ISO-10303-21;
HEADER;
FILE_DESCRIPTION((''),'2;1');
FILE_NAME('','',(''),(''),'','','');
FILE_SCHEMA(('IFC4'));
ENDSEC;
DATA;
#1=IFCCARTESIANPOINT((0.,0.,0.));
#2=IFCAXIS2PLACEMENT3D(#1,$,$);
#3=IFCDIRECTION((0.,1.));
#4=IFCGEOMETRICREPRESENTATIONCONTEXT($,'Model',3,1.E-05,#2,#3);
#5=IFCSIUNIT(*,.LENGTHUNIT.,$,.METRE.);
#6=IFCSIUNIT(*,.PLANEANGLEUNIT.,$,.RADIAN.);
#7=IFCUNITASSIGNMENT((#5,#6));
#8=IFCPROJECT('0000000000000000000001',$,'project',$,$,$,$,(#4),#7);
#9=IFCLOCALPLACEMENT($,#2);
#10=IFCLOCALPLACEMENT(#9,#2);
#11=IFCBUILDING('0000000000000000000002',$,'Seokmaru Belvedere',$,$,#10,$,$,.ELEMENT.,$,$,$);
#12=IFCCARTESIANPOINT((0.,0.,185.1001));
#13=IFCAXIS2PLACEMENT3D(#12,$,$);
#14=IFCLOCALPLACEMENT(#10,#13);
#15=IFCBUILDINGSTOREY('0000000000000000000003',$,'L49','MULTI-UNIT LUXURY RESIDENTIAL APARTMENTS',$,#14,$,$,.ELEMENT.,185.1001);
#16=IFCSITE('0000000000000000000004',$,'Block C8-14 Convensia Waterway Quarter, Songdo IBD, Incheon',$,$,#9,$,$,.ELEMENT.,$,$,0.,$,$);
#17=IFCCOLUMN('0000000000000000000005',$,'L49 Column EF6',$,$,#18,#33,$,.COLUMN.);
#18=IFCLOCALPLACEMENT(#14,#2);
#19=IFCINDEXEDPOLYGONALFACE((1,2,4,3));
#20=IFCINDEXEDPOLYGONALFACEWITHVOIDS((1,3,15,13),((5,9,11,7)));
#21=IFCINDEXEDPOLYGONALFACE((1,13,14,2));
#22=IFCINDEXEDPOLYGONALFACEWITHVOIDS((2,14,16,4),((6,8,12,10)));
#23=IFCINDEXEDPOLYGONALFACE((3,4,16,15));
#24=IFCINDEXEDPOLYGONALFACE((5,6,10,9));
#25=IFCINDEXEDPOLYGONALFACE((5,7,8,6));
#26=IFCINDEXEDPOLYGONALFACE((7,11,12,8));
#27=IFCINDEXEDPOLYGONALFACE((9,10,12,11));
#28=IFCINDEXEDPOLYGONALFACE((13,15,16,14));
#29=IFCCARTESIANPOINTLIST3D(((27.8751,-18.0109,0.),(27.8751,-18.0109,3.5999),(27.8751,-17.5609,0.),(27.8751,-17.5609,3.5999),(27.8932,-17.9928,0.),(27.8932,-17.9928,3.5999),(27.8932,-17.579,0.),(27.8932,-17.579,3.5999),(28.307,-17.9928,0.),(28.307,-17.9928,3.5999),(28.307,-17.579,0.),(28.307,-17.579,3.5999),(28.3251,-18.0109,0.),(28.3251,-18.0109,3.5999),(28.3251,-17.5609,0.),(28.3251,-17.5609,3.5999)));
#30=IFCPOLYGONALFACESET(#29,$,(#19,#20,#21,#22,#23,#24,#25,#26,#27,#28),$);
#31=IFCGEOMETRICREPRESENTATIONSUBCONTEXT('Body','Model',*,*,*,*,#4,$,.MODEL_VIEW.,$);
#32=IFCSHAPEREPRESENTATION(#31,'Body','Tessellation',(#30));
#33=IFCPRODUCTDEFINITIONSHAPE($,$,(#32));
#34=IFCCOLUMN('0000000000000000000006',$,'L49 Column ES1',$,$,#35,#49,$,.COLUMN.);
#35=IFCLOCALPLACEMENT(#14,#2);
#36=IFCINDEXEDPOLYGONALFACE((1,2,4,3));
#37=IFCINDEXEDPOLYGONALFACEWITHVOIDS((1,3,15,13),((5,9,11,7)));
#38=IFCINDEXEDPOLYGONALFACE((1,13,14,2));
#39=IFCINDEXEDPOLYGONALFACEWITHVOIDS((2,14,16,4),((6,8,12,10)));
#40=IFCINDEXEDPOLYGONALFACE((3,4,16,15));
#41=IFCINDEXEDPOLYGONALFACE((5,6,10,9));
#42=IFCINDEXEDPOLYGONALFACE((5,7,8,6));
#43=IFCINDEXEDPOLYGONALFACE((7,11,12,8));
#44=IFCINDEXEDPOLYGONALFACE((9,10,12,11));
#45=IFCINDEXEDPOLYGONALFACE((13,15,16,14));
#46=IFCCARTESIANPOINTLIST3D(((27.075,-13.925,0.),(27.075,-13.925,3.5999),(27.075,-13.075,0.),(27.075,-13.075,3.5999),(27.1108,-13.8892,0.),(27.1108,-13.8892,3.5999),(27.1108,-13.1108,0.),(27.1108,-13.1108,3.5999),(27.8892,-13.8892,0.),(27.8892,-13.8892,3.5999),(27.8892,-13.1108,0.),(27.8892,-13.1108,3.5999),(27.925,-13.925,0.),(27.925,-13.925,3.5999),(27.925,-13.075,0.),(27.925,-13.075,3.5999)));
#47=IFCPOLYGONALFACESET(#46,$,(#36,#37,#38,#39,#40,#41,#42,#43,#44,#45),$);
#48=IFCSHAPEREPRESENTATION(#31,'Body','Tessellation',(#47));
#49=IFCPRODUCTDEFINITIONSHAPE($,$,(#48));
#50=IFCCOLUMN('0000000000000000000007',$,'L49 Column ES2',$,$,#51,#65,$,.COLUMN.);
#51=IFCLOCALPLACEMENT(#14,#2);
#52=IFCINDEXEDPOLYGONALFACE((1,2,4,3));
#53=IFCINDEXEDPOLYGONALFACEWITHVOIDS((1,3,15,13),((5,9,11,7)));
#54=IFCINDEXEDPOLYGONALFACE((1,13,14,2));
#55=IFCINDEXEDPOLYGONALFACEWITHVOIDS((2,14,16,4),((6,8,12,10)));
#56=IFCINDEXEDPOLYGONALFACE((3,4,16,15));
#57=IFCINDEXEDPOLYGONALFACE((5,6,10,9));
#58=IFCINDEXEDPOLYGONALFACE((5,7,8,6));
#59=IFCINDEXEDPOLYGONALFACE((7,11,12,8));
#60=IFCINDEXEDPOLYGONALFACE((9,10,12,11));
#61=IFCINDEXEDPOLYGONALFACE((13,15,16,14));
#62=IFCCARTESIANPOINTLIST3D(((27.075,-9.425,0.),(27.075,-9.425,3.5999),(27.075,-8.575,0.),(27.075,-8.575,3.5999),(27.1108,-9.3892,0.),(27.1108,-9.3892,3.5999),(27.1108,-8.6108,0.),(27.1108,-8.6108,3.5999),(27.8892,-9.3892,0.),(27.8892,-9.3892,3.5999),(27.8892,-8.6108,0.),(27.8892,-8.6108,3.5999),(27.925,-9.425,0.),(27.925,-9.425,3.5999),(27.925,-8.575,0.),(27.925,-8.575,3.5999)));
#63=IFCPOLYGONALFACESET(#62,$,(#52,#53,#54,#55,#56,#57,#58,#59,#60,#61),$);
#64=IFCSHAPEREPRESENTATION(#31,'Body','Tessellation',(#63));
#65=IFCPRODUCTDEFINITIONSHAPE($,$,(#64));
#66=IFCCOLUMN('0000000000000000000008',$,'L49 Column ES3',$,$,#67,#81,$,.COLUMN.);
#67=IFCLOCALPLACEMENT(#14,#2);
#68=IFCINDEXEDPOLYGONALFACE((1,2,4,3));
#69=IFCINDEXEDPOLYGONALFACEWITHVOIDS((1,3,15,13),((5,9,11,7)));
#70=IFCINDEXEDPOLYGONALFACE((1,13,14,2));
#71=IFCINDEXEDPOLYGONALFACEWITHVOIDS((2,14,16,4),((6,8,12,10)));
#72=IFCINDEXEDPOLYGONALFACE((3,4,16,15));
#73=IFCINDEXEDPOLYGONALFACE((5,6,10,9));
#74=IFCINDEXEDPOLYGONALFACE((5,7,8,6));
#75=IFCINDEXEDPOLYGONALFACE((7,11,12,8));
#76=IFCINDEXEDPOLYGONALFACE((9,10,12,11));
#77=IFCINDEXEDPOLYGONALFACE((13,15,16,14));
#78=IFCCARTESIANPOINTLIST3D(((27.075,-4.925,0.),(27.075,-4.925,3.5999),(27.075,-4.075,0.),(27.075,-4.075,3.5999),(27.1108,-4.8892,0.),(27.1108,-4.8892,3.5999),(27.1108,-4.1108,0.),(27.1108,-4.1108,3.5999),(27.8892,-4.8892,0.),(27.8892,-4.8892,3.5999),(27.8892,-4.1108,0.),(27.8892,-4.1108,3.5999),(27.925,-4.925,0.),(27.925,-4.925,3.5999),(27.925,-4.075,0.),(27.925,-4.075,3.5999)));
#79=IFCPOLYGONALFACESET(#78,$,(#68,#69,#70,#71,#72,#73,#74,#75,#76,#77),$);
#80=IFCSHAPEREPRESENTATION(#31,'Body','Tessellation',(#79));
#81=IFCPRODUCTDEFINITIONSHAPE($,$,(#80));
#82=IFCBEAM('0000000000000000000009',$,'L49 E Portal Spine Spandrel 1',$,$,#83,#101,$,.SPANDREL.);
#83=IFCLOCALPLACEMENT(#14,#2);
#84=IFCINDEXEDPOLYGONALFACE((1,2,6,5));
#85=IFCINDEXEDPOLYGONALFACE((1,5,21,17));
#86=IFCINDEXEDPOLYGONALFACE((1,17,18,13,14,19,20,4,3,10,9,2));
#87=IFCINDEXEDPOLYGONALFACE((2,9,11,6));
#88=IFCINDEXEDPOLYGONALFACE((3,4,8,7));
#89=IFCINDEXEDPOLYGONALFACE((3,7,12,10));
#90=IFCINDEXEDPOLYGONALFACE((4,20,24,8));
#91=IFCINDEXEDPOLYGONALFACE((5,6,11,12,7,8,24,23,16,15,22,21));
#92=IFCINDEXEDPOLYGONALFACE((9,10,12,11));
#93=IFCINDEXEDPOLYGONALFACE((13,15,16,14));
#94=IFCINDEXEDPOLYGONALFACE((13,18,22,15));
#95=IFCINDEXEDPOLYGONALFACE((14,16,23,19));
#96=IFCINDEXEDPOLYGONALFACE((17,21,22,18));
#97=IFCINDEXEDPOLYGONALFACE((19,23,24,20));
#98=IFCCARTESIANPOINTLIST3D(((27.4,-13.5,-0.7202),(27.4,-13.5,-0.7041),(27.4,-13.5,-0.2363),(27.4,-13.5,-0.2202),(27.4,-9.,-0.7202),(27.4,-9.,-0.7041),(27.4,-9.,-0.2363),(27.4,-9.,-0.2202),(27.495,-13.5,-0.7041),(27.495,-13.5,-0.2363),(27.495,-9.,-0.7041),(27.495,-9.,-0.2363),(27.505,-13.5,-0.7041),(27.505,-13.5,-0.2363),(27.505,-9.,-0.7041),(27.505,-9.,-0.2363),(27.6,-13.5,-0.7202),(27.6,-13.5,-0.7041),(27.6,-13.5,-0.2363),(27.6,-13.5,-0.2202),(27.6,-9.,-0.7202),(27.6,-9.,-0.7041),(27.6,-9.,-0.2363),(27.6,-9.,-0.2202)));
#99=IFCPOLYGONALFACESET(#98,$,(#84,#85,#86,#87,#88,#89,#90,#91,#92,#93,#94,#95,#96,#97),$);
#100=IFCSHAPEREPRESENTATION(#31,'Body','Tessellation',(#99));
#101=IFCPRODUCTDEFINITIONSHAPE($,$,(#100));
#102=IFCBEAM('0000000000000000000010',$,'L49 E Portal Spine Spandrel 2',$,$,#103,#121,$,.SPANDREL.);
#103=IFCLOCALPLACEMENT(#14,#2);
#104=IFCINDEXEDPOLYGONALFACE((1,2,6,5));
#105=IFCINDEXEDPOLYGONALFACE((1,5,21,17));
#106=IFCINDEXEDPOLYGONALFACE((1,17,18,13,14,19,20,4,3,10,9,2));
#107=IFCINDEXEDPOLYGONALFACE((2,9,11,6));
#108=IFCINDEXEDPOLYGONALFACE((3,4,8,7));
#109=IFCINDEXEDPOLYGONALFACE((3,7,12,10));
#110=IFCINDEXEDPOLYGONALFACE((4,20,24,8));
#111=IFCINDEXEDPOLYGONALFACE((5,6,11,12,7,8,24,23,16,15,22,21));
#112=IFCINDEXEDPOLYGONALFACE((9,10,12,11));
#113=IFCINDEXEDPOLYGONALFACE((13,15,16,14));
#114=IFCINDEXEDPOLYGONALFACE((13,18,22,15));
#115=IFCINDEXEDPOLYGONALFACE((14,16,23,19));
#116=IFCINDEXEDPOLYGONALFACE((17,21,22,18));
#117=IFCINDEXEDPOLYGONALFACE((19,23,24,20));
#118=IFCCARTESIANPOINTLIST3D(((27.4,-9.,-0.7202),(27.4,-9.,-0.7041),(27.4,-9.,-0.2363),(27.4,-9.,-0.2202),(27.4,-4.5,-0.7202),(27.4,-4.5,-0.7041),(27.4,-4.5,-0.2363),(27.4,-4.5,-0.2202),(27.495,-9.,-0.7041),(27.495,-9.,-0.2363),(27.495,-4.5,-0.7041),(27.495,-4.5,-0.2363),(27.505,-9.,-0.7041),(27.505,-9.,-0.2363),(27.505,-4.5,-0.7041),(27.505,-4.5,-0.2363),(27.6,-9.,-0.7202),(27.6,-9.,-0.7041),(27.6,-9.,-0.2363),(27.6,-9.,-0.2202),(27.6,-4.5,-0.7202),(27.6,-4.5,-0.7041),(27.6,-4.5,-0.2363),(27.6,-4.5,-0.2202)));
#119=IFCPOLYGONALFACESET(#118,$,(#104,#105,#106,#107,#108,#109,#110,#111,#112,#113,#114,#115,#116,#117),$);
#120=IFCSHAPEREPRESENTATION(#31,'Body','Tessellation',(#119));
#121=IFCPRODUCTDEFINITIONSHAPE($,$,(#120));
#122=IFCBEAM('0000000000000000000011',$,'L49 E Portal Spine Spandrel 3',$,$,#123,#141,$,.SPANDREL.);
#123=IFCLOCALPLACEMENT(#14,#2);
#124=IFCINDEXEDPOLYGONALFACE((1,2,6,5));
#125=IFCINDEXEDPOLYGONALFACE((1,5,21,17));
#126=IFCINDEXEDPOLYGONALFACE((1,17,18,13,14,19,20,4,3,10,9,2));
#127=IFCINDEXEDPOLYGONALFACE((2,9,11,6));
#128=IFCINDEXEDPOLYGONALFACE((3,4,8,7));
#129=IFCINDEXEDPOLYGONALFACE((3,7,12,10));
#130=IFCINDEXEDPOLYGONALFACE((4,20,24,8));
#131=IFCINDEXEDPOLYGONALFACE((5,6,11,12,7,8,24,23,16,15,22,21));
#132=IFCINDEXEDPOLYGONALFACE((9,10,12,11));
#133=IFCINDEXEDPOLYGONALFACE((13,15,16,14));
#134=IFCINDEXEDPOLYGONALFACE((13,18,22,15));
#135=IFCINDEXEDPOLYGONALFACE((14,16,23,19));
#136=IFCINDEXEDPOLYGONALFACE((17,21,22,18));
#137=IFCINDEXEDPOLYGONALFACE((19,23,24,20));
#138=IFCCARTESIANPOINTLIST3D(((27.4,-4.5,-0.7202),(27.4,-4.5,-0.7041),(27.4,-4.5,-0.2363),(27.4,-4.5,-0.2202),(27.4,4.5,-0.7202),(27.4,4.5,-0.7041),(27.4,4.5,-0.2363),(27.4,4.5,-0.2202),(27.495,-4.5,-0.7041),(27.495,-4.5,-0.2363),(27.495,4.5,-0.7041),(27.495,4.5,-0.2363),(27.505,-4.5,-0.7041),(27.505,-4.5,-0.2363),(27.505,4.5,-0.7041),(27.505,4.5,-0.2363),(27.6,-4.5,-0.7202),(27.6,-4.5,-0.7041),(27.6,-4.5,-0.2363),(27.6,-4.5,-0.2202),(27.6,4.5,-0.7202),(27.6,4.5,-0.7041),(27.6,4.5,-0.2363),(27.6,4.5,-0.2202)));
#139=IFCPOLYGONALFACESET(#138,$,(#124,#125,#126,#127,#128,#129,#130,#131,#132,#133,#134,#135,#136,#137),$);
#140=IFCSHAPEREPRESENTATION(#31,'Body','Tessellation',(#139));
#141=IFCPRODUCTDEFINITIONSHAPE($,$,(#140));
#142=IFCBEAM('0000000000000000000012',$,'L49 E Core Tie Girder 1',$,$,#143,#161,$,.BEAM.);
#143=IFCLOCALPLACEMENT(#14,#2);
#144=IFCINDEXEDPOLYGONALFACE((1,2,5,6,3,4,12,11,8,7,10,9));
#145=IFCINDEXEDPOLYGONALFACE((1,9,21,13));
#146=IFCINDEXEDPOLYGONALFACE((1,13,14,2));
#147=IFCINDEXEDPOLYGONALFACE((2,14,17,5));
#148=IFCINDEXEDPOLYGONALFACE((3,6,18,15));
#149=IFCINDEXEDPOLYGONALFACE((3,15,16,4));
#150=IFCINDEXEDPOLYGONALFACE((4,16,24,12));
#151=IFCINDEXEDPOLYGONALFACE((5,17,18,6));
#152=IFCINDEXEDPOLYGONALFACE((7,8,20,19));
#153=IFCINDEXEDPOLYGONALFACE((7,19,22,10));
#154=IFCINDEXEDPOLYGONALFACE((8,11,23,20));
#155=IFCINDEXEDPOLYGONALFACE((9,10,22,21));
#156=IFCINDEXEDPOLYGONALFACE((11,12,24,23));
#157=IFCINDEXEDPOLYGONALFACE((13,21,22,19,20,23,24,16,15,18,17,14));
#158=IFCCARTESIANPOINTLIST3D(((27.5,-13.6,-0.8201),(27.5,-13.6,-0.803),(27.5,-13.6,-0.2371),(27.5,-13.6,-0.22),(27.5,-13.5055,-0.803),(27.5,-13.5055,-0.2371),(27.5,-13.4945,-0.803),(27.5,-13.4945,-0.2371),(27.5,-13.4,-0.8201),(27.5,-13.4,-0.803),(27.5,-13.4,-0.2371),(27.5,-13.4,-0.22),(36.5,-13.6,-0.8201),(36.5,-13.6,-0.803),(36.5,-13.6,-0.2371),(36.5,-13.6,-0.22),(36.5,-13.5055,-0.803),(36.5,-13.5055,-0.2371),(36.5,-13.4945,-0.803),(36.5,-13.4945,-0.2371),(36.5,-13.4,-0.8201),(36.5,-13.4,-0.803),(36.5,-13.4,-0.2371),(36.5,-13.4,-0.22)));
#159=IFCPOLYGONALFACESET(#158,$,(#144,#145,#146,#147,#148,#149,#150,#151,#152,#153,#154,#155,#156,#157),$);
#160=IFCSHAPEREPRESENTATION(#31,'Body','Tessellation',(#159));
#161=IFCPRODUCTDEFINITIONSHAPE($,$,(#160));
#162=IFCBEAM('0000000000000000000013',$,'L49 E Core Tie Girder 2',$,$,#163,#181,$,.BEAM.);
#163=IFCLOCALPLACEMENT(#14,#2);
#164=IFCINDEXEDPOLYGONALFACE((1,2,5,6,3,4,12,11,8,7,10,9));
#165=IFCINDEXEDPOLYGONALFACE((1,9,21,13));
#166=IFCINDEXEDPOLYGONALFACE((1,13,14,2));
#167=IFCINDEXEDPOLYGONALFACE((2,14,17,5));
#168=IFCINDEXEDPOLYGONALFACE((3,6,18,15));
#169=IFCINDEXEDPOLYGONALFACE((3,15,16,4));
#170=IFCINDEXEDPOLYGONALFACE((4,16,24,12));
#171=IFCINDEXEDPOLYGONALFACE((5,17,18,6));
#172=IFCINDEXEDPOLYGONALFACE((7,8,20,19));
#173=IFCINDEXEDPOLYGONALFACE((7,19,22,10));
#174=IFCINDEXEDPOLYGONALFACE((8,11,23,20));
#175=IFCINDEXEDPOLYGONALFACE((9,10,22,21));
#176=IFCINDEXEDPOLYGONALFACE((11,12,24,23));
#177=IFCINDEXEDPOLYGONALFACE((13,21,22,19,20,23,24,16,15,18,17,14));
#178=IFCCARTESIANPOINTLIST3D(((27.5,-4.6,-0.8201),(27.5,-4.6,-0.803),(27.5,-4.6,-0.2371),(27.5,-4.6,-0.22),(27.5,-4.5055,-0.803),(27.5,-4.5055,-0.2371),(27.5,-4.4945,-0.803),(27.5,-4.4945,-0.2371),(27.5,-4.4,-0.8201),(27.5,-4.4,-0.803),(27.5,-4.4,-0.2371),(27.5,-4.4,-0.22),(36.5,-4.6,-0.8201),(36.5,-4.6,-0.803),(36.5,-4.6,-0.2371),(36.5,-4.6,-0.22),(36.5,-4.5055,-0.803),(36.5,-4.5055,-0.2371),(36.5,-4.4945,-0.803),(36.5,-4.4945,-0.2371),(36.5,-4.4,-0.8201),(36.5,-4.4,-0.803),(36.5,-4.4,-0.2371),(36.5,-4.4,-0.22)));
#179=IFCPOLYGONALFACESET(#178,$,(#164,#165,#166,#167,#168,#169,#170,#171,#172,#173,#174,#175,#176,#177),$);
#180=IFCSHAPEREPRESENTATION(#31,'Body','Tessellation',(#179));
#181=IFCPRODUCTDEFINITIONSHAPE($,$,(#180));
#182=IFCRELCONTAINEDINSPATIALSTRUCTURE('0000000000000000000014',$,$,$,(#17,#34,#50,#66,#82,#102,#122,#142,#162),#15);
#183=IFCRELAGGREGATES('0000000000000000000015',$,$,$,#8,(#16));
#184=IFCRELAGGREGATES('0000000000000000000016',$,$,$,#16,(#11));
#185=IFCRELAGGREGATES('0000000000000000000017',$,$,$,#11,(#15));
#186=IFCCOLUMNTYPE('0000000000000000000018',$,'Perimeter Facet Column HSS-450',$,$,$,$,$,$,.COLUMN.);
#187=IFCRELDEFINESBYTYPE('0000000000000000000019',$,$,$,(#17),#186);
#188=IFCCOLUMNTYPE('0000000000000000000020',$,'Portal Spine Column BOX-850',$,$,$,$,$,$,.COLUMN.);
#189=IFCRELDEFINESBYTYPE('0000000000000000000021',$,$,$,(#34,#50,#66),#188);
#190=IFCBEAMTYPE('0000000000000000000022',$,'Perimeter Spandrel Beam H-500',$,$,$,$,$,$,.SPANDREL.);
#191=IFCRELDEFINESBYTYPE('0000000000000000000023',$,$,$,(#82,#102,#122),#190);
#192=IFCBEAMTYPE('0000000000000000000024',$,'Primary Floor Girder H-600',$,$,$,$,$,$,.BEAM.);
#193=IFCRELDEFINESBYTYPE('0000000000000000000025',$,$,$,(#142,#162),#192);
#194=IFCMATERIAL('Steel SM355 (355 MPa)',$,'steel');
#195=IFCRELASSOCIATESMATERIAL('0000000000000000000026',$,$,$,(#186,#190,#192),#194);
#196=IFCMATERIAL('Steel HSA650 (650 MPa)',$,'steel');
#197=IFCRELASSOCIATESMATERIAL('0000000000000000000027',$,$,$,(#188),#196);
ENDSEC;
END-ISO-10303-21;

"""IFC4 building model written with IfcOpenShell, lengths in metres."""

from ifc_helpers import new_model, si_unit, direction, frame, origin, origin_2d, place, context, subcontext, project, spatial, hollow_rectangle, i_section, extrude, source, transform, mapped, material, material_profile, profile_set, type_object, type_shapes, element, save


model = new_model("IFC4")

# Units and contexts
model_context = context("Model", 3, precision=1e-05, world=origin(), true_north=direction((0.0, 1.0)))
body_context = subcontext(model_context, "Body", "Model", "MODEL_VIEW")
ifc_project = project(units=[si_unit("LENGTHUNIT", "METRE"), si_unit("PLANEANGLEUNIT", "RADIAN")], contexts=[model_context])

# Site, building, storey
site_placement = place(None, origin())
site = spatial("IfcSite", under=ifc_project, at=site_placement, Name="Block C8-14 Convensia Waterway Quarter, Songdo IBD, Incheon", CompositionType="ELEMENT", RefElevation=0.0)
building_placement = place(site_placement, origin())
building = spatial("IfcBuilding", under=site, at=building_placement, Name="Seokmaru Belvedere", CompositionType="ELEMENT")
storey_placement = place(building_placement, frame((0.0, 0.0, 185.1001)))
storey = spatial("IfcBuildingStorey", under=building, at=storey_placement, Name="L49", Description="MULTI-UNIT LUXURY RESIDENTIAL APARTMENTS", CompositionType="ELEMENT", Elevation=185.1001)

# Columns
ifc_material_1 = material(Name="Steel SM355 (355 MPa)", Category="steel")
ifc_material_profile_1 = material_profile(ifc_material_1, hollow_rectangle(XDim=0.45, YDim=0.45, WallThickness=0.0181, at=origin_2d()), Name="HSS-450x450x18")
ifc_profile_set_1 = profile_set([ifc_material_profile_1], Name="Steel SM355 (355 MPa)")
column_type_1 = type_object("IfcColumnType", Name="Perimeter Facet Column HSS-450", PredefinedType="COLUMN", material=ifc_profile_set_1)
shared_shape_1 = source(origin(), body_context, "Body", "SweptSolid", [
    extrude(hollow_rectangle(XDim=0.45, YDim=0.45, WallThickness=0.0181, at=origin_2d()), origin(), (0.0, 0.0, 1.0), 3.5999),
])
type_shapes(column_type_1, [shared_shape_1])
column_placement = place(storey_placement, frame((28.1001, -17.7859, 0.0), z_axis=(0.0, 0.0, 1.0), x_axis=(1.0, 0.0, 0.0)))
element("IfcColumn", 1, at=column_placement, inside=storey, type_object=column_type_1, Name="L49 Column EF6", PredefinedType="COLUMN", context=body_context, shape_type="MappedRepresentation", body=[
    mapped(shared_shape_1, transform((0.0, 0.0, 0.0), scale=1.0)),
])
ifc_material_2 = material(Name="Steel HSA650 (650 MPa)", Category="steel")
ifc_material_profile_2 = material_profile(ifc_material_2, hollow_rectangle(XDim=0.8501, YDim=0.8501, WallThickness=0.0359, at=origin_2d()), Name="BOX-850x850x36")
ifc_profile_set_2 = profile_set([ifc_material_profile_2], Name="Steel HSA650 (650 MPa)")
column_type_2 = type_object("IfcColumnType", Name="Portal Spine Column BOX-850", PredefinedType="COLUMN", material=ifc_profile_set_2)
shared_shape_2 = source(origin(), body_context, "Body", "SweptSolid", [
    extrude(hollow_rectangle(XDim=0.8501, YDim=0.8501, WallThickness=0.0359, at=origin_2d()), origin(), (0.0, 0.0, 1.0), 3.5999),
])
type_shapes(column_type_2, [shared_shape_2])
for number, where, z_axis, x_axis, name in (
    (2, (27.5, -13.5, 0.0), (0.0, 0.0, 1.0), (1.0, 0.0, 0.0), "L49 Column ES1"),
    (3, (27.5, -9.0, 0.0), (0.0, 0.0, 1.0), (1.0, 0.0, 0.0), "L49 Column ES2"),
    (4, (27.5, -4.5, 0.0), (0.0, 0.0, 1.0), (1.0, 0.0, 0.0), "L49 Column ES3"),
):
    element("IfcColumn", number, at=place(storey_placement, frame(where, z_axis=z_axis, x_axis=x_axis)), inside=storey, type_object=column_type_2, Name=name, PredefinedType="COLUMN", context=body_context, shape_type="MappedRepresentation", body=[
        mapped(shared_shape_2, transform((0.0, 0.0, 0.0), scale=1.0)),
    ])

# Beams
ifc_material_profile_3 = material_profile(ifc_material_1, i_section(OverallWidth=0.2, OverallDepth=0.5, WebThickness=0.01, FlangeThickness=0.0161, at=origin_2d()), Name="H-500x200x10x16")
ifc_profile_set_3 = profile_set([ifc_material_profile_3], Name="Steel SM355 (355 MPa)")
beam_type_1 = type_object("IfcBeamType", Name="Perimeter Spandrel Beam H-500", PredefinedType="SPANDREL", material=ifc_profile_set_3)
shared_shape_3 = source(origin(), body_context, "Body", "SweptSolid", [
    extrude(i_section(OverallWidth=0.2, OverallDepth=0.5, WebThickness=0.01, FlangeThickness=0.0161, at=origin_2d()), origin(), (0.0, 0.0, 1.0), 4.5),
])
for number, where, z_axis, x_axis, name in (
    (5, (27.5, -13.5, -0.4702), (0.0, 1.0, 0.0), (-1.0, 0.0, 0.0), "L49 E Portal Spine Spandrel 1"),
    (6, (27.5, -9.0, -0.4702), (0.0, 1.0, 0.0), (-1.0, 0.0, 0.0), "L49 E Portal Spine Spandrel 2"),
):
    element("IfcBeam", number, at=place(storey_placement, frame(where, z_axis=z_axis, x_axis=x_axis)), inside=storey, type_object=beam_type_1, Name=name, PredefinedType="SPANDREL", context=body_context, shape_type="MappedRepresentation", body=[
        mapped(shared_shape_3, transform((0.0, 0.0, 0.0), scale=1.0)),
    ])
shared_shape_4 = source(origin(), body_context, "Body", "SweptSolid", [
    extrude(i_section(OverallWidth=0.2, OverallDepth=0.5, WebThickness=0.01, FlangeThickness=0.0161, at=origin_2d()), origin(), (0.0, 0.0, 1.0), 9.0),
])
beam_1_placement = place(storey_placement, frame((27.5, -4.5, -0.4702), z_axis=(0.0, 1.0, 0.0), x_axis=(-1.0, 0.0, 0.0)))
element("IfcBeam", 7, at=beam_1_placement, inside=storey, type_object=beam_type_1, Name="L49 E Portal Spine Spandrel 3", PredefinedType="SPANDREL", context=body_context, shape_type="MappedRepresentation", body=[
    mapped(shared_shape_4, transform((0.0, 0.0, 0.0), scale=1.0)),
])
ifc_material_profile_4 = material_profile(ifc_material_1, i_section(OverallWidth=0.2, OverallDepth=0.6001, WebThickness=0.011, FlangeThickness=0.0171, at=origin_2d()), Name="H-600x200x11x17")
ifc_profile_set_4 = profile_set([ifc_material_profile_4], Name="Steel SM355 (355 MPa)")
beam_type_2 = type_object("IfcBeamType", Name="Primary Floor Girder H-600", PredefinedType="BEAM", material=ifc_profile_set_4)
shared_shape_5 = source(origin(), body_context, "Body", "SweptSolid", [
    extrude(i_section(OverallWidth=0.2, OverallDepth=0.6001, WebThickness=0.011, FlangeThickness=0.0171, at=origin_2d()), origin(), (0.0, 0.0, 1.0), 9.0),
])
type_shapes(beam_type_2, [shared_shape_5])
for number, where, z_axis, x_axis, name in (
    (8, (27.5, -13.5, -0.52), (1.0, 0.0, 0.0), (0.0, 1.0, 0.0), "L49 E Core Tie Girder 1"),
    (9, (27.5, -4.5, -0.52), (1.0, 0.0, 0.0), (0.0, 1.0, 0.0), "L49 E Core Tie Girder 2"),
):
    element("IfcBeam", number, at=place(storey_placement, frame(where, z_axis=z_axis, x_axis=x_axis)), inside=storey, type_object=beam_type_2, Name=name, PredefinedType="BEAM", context=body_context, shape_type="MappedRepresentation", body=[
        mapped(shared_shape_5, transform((0.0, 0.0, 0.0), scale=1.0)),
    ])

save(model, "model.ifc")
